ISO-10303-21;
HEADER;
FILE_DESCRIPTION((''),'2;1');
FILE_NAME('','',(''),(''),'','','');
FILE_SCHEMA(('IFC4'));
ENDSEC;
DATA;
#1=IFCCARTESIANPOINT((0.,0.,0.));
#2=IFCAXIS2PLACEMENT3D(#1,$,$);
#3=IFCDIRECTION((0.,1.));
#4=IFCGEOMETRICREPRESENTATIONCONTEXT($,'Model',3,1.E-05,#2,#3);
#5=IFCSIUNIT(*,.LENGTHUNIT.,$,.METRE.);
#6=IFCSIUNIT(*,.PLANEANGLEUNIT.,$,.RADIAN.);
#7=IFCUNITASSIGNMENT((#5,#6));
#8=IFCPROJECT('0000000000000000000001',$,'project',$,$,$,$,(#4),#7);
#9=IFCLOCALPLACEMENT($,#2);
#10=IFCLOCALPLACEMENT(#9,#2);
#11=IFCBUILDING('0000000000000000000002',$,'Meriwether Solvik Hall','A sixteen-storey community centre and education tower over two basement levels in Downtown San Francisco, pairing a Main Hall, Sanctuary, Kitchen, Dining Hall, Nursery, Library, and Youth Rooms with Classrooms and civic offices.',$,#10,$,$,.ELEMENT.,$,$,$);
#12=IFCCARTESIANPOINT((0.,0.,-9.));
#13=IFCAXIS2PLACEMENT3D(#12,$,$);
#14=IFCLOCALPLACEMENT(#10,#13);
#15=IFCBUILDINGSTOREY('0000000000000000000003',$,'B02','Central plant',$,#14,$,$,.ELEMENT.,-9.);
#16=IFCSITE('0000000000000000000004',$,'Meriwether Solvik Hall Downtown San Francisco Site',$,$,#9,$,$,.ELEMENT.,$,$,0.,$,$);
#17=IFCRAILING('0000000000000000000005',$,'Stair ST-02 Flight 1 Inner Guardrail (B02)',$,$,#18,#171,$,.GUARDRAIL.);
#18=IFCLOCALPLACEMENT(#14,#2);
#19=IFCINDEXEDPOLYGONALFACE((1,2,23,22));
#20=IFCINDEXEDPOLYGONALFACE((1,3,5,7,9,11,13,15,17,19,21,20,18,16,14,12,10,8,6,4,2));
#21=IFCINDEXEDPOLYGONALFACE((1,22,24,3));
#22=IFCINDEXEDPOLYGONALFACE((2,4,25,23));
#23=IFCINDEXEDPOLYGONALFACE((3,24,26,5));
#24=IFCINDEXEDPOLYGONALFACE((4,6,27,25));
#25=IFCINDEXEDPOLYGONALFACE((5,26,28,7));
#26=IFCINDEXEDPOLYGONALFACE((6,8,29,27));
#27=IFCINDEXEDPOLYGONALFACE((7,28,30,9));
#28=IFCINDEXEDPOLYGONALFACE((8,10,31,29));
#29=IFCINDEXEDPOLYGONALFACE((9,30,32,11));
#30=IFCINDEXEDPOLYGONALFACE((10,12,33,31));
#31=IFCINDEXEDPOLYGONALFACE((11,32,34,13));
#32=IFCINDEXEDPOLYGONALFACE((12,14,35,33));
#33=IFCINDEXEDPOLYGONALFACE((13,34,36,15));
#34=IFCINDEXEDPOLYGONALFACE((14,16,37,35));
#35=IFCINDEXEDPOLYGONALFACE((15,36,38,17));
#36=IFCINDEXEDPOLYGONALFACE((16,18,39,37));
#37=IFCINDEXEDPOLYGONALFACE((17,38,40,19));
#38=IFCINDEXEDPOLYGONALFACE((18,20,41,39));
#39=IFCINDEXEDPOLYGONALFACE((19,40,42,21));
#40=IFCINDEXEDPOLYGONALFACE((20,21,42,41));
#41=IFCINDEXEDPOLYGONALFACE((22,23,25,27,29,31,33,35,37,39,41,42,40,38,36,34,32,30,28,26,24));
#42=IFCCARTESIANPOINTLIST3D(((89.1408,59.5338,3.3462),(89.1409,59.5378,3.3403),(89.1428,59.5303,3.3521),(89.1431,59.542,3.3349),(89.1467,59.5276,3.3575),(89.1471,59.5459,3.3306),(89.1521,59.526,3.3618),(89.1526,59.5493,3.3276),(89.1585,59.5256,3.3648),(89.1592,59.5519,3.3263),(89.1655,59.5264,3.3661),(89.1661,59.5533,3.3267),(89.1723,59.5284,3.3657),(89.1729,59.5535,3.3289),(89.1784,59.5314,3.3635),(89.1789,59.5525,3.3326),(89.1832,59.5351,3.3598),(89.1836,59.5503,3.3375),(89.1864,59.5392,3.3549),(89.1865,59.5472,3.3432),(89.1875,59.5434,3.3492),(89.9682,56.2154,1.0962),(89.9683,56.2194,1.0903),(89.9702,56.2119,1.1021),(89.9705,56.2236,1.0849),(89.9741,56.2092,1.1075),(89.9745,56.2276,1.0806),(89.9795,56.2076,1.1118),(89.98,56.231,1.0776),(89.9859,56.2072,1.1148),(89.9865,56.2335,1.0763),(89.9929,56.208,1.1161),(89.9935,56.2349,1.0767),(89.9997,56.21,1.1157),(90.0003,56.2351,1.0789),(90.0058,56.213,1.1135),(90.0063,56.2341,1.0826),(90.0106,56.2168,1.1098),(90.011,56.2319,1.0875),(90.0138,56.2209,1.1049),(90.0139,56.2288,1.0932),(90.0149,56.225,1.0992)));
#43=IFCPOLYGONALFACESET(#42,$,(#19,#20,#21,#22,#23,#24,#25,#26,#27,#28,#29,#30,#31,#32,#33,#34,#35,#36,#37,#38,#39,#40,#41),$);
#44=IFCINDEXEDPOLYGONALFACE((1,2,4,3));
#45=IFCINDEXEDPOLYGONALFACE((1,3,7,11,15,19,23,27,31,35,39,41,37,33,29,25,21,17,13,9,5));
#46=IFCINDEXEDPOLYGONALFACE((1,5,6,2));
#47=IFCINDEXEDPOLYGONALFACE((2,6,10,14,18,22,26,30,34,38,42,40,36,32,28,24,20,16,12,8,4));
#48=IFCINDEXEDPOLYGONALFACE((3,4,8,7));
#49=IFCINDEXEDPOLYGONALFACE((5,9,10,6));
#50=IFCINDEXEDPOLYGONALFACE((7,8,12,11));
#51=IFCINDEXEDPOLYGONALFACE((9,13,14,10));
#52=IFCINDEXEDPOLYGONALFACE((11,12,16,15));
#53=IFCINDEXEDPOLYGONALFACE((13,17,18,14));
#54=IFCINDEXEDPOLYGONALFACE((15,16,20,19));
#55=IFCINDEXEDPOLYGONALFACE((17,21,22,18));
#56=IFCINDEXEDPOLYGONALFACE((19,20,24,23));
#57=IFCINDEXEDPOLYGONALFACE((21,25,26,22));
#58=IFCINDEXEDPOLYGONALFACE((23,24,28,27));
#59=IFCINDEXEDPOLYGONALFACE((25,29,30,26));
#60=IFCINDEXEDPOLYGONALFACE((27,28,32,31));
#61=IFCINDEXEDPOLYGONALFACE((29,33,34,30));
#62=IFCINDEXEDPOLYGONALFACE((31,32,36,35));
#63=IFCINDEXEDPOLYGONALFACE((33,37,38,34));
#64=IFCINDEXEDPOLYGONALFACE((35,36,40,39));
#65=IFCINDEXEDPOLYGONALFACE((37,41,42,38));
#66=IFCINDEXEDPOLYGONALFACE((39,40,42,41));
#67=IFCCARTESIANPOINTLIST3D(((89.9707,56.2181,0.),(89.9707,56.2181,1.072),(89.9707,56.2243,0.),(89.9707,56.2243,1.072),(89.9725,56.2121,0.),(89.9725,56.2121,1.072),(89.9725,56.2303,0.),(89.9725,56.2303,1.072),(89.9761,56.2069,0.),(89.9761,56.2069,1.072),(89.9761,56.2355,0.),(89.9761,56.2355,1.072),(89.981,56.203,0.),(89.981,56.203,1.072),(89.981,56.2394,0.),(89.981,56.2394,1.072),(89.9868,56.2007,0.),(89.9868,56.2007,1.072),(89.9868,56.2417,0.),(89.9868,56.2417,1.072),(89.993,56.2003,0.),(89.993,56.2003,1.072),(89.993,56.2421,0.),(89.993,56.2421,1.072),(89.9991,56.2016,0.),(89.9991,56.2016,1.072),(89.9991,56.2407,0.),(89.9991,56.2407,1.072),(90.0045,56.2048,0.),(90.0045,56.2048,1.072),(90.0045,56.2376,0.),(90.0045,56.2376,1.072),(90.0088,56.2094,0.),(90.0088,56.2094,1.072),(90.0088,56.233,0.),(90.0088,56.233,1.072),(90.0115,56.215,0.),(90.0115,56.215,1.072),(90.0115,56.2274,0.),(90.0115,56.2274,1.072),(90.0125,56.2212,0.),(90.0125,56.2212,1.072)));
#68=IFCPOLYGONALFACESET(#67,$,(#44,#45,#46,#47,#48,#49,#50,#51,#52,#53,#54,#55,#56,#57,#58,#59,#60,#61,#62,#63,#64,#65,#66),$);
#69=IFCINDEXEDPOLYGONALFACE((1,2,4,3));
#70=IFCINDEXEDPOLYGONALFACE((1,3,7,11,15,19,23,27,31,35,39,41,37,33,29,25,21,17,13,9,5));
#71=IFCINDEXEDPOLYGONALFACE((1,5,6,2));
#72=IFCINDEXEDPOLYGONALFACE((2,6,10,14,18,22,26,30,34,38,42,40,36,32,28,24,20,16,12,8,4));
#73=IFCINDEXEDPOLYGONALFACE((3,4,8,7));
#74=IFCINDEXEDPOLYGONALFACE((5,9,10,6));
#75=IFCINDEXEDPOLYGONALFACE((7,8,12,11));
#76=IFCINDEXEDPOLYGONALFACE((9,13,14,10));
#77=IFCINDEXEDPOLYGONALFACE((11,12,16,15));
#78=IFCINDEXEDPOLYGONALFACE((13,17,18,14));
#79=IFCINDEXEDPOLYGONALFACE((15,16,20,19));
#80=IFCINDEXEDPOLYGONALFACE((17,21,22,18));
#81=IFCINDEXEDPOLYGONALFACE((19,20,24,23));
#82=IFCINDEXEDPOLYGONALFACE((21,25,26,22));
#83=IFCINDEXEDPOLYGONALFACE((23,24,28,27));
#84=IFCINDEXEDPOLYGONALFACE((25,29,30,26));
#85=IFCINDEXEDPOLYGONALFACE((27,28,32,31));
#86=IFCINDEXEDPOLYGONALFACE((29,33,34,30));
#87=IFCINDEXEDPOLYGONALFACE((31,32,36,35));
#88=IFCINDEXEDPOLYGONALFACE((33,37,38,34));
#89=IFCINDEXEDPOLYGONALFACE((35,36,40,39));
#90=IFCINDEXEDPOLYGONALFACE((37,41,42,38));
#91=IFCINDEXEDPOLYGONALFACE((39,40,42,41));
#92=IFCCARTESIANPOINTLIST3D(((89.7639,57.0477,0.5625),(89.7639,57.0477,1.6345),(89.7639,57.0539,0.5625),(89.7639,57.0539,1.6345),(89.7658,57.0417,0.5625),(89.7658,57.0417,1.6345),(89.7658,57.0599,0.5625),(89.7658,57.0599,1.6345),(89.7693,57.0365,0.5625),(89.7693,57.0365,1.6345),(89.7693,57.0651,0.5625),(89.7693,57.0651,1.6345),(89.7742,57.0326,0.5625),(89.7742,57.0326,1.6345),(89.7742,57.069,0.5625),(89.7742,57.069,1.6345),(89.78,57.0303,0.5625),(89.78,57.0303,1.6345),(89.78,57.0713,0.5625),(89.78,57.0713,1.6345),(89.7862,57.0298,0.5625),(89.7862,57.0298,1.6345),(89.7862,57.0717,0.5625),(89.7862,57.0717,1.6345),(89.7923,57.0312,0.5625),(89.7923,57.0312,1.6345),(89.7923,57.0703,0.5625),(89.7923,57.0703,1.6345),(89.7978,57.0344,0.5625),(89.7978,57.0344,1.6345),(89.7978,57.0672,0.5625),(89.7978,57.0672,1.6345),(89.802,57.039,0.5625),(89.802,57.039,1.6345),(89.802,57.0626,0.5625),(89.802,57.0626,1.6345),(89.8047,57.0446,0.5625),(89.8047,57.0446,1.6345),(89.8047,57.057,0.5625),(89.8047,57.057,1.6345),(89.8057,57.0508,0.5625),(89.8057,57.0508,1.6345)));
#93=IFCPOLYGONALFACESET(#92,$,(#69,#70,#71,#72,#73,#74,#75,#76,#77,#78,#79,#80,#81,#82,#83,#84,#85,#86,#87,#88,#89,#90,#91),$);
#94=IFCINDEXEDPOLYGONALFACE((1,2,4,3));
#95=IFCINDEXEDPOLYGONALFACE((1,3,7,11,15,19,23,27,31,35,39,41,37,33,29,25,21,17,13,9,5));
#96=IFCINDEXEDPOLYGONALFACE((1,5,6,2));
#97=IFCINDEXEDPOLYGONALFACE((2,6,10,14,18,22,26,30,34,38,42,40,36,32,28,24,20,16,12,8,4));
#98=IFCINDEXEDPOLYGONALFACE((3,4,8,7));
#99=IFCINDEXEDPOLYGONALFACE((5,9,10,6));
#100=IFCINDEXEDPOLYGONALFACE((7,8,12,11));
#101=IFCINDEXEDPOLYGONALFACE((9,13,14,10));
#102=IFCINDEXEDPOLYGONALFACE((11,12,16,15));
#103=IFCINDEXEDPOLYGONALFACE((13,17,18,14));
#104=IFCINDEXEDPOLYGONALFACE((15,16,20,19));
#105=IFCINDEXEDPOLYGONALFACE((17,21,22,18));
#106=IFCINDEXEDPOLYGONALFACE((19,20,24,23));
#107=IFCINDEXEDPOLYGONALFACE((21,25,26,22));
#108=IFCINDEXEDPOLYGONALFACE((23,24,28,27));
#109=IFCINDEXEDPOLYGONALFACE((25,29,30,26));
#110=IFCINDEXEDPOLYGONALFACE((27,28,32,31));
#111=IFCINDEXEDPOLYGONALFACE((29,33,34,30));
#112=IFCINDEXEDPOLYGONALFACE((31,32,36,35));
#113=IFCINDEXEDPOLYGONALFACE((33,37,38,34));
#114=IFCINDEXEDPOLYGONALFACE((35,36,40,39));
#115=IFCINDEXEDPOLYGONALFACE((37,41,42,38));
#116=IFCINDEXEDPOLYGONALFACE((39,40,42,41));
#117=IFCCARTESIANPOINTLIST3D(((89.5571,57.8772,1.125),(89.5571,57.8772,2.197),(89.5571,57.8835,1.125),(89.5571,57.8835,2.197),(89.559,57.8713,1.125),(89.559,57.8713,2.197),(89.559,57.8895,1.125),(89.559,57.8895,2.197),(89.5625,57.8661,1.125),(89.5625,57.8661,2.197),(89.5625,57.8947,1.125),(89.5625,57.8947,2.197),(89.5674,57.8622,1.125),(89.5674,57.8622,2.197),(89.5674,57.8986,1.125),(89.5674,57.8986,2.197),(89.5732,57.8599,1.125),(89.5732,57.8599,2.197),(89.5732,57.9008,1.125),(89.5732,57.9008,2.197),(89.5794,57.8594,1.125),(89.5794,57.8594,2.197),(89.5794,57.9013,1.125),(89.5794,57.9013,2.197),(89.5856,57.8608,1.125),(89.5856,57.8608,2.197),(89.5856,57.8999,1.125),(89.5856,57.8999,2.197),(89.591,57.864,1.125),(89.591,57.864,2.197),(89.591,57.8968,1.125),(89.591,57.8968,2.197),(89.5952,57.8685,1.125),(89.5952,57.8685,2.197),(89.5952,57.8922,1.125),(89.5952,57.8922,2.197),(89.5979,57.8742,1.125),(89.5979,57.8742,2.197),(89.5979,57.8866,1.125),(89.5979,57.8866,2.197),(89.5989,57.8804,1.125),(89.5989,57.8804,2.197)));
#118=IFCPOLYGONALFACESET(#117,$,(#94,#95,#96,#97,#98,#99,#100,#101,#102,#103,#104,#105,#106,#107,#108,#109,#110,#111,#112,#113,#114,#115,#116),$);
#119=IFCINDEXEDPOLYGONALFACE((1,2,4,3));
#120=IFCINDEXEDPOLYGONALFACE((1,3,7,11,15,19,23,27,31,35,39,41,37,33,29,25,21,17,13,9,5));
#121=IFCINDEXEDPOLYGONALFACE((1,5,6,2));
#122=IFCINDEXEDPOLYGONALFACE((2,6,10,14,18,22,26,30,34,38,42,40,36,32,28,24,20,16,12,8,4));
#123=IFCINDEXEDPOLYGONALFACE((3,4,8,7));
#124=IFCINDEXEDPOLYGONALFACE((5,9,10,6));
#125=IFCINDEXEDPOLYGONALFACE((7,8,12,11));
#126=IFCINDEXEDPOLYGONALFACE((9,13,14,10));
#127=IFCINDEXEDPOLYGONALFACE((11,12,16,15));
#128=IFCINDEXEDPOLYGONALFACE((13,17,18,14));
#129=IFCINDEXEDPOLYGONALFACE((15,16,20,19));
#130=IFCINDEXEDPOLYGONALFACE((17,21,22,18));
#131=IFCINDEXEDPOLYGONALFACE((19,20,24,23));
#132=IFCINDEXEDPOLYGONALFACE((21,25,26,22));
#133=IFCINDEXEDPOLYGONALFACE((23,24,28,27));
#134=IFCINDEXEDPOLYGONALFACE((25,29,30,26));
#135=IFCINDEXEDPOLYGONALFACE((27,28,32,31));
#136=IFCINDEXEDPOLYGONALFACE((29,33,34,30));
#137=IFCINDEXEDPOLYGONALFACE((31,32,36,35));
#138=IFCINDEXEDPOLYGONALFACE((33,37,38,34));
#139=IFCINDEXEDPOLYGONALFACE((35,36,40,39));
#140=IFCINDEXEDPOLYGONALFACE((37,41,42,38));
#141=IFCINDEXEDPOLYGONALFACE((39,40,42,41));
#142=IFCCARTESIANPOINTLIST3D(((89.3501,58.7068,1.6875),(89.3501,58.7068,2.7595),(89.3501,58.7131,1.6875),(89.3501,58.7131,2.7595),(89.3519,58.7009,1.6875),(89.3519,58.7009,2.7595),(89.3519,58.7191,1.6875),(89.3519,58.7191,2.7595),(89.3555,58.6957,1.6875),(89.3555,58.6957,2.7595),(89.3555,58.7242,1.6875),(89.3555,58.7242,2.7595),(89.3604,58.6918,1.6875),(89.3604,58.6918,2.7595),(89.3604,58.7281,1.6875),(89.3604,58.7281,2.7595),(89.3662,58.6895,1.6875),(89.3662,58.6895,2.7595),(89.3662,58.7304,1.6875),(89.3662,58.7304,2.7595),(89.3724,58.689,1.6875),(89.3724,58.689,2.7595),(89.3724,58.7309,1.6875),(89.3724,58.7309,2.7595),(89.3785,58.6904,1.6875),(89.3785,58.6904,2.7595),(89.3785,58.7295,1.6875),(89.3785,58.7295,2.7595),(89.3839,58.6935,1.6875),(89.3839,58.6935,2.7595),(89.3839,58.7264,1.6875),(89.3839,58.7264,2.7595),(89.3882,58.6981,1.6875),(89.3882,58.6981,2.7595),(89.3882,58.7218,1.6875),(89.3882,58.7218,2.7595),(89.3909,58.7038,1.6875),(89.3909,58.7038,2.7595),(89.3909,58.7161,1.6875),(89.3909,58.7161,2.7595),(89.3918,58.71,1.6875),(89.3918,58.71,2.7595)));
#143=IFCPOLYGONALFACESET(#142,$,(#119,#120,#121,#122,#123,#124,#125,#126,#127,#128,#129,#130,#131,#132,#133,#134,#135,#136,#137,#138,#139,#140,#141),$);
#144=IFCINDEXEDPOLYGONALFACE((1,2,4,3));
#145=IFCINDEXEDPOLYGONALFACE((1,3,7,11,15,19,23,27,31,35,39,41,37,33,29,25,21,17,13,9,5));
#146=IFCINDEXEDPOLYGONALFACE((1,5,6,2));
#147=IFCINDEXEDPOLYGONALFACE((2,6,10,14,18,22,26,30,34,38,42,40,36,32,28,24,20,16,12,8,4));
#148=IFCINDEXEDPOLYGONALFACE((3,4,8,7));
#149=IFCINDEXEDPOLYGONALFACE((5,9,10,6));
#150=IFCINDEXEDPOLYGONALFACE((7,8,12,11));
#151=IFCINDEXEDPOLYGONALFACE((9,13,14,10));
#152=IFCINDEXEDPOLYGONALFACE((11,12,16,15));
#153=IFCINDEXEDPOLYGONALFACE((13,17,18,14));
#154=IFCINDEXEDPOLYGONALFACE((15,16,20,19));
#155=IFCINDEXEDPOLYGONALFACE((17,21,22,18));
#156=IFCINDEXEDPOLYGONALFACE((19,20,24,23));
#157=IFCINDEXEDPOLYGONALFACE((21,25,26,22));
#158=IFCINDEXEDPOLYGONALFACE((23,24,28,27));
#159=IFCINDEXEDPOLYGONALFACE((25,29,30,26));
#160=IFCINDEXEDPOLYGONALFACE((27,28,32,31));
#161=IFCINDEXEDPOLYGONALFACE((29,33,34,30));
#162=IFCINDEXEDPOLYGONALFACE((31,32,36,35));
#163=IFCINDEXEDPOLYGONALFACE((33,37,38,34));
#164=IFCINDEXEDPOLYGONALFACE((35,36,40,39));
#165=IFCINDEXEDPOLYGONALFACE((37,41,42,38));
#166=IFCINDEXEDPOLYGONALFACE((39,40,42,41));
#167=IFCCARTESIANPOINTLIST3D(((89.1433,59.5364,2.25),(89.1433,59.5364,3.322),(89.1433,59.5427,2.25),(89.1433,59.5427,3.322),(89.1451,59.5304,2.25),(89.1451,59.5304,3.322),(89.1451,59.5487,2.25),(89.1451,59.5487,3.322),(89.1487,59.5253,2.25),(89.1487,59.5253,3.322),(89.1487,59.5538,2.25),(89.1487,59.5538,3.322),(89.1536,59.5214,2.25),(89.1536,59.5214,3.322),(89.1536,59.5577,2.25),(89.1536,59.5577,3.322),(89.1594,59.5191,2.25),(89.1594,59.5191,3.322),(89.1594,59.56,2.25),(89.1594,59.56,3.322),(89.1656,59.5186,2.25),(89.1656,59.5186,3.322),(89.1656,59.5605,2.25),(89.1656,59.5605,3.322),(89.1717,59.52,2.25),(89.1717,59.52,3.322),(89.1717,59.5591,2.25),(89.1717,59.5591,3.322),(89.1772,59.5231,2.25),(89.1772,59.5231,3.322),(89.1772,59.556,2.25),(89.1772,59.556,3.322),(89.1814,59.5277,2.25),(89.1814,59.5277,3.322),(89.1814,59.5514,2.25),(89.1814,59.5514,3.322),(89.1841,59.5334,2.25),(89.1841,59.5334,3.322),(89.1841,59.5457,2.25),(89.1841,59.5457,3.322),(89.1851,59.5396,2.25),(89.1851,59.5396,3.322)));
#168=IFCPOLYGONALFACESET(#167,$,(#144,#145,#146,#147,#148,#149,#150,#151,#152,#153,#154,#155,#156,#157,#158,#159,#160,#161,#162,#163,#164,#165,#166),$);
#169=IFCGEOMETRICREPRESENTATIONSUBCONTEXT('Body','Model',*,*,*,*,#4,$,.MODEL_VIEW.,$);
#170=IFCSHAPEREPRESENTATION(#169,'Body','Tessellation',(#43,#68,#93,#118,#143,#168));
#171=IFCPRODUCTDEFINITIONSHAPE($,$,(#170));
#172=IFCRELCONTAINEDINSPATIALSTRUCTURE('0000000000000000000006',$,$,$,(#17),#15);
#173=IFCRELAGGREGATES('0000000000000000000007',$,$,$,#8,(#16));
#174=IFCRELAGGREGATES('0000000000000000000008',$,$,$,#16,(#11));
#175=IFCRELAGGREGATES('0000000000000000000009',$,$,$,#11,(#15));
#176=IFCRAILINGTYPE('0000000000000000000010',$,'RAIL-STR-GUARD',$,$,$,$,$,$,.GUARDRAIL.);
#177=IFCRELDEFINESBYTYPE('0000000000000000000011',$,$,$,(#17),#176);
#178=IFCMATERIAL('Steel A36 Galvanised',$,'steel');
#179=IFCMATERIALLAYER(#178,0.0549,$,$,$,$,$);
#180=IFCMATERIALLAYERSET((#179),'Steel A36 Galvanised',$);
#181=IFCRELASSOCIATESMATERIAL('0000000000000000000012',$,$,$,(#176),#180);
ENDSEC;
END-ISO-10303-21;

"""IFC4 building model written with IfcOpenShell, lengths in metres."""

from ifc_helpers import new_model, si_unit, direction, frame, origin, origin_2d, place, context, subcontext, project, spatial, circle, extrude, material, layer, layer_set, type_object, element, save


model = new_model("IFC4")

# Units and contexts
model_context = context("Model", 3, precision=1e-05, world=origin(), true_north=direction((0.0, 1.0)))
body_context = subcontext(model_context, "Body", "Model", "MODEL_VIEW")
ifc_project = project(units=[si_unit("LENGTHUNIT", "METRE"), si_unit("PLANEANGLEUNIT", "RADIAN")], contexts=[model_context])

# Site, building, storey
site_placement = place(None, origin())
site = spatial("IfcSite", under=ifc_project, at=site_placement, Name="Meriwether Solvik Hall Downtown San Francisco Site", CompositionType="ELEMENT", RefElevation=0.0)
building_placement = place(site_placement, origin())
building = spatial("IfcBuilding", under=site, at=building_placement, Name="Meriwether Solvik Hall", Description="A sixteen-storey community centre and education tower over two basement levels in Downtown San Francisco, pairing a Main Hall, Sanctuary, Kitchen, Dining Hall, Nursery, Library, and Youth Rooms with Classrooms and civic offices.", CompositionType="ELEMENT")
storey_placement = place(building_placement, frame((0.0, 0.0, -9.0)))
storey = spatial("IfcBuildingStorey", under=building, at=storey_placement, Name="B02", Description="Central plant", CompositionType="ELEMENT", Elevation=-9.0)

# Railing
ifc_material_1 = material(Name="Steel A36 Galvanised", Category="steel")
ifc_layer_1 = layer(ifc_material_1, 0.0549)
ifc_layer_set_1 = layer_set([ifc_layer_1], Name="Steel A36 Galvanised")
railing_type_1 = type_object("IfcRailingType", Name="RAIL-STR-GUARD", PredefinedType="GUARDRAIL", material=ifc_layer_set_1)
railing_1_placement = place(storey_placement, frame((89.9915, 56.2212, 0.0)))
element("IfcRailing", 1, at=railing_1_placement, inside=storey, type_object=railing_type_1, Name="Stair ST-02 Flight 1 Inner Guardrail (B02)", PredefinedType="GUARDRAIL", context=body_context, shape_type="SweptSolid", body=[
    extrude(circle(Radius=0.0239, at=origin_2d()), frame((0.0, 0.0, 1.0962), z_axis=(-0.202112, 0.810596, 0.549622), x_axis=(-0.970293, -0.241931, 0.0)), (0.0, 0.0, 1.0), 4.0938),
    extrude(circle(Radius=0.021, at=origin_2d()), origin(), (0.0, 0.0, 1.0), 1.072),
    extrude(circle(Radius=0.021, at=origin_2d()), frame((-0.2068, 0.8296, 0.5625)), (0.0, 0.0, 1.0), 1.072),
    extrude(circle(Radius=0.021, at=origin_2d()), frame((-0.4136, 1.6592, 1.125)), (0.0, 0.0, 1.0), 1.072),
    extrude(circle(Radius=0.021, at=origin_2d()), frame((-0.6206, 2.4888, 1.6875)), (0.0, 0.0, 1.0), 1.072),
    extrude(circle(Radius=0.021, at=origin_2d()), frame((-0.8274, 3.3184, 2.25)), (0.0, 0.0, 1.0), 1.072),
])

save(model, "model.ifc")
